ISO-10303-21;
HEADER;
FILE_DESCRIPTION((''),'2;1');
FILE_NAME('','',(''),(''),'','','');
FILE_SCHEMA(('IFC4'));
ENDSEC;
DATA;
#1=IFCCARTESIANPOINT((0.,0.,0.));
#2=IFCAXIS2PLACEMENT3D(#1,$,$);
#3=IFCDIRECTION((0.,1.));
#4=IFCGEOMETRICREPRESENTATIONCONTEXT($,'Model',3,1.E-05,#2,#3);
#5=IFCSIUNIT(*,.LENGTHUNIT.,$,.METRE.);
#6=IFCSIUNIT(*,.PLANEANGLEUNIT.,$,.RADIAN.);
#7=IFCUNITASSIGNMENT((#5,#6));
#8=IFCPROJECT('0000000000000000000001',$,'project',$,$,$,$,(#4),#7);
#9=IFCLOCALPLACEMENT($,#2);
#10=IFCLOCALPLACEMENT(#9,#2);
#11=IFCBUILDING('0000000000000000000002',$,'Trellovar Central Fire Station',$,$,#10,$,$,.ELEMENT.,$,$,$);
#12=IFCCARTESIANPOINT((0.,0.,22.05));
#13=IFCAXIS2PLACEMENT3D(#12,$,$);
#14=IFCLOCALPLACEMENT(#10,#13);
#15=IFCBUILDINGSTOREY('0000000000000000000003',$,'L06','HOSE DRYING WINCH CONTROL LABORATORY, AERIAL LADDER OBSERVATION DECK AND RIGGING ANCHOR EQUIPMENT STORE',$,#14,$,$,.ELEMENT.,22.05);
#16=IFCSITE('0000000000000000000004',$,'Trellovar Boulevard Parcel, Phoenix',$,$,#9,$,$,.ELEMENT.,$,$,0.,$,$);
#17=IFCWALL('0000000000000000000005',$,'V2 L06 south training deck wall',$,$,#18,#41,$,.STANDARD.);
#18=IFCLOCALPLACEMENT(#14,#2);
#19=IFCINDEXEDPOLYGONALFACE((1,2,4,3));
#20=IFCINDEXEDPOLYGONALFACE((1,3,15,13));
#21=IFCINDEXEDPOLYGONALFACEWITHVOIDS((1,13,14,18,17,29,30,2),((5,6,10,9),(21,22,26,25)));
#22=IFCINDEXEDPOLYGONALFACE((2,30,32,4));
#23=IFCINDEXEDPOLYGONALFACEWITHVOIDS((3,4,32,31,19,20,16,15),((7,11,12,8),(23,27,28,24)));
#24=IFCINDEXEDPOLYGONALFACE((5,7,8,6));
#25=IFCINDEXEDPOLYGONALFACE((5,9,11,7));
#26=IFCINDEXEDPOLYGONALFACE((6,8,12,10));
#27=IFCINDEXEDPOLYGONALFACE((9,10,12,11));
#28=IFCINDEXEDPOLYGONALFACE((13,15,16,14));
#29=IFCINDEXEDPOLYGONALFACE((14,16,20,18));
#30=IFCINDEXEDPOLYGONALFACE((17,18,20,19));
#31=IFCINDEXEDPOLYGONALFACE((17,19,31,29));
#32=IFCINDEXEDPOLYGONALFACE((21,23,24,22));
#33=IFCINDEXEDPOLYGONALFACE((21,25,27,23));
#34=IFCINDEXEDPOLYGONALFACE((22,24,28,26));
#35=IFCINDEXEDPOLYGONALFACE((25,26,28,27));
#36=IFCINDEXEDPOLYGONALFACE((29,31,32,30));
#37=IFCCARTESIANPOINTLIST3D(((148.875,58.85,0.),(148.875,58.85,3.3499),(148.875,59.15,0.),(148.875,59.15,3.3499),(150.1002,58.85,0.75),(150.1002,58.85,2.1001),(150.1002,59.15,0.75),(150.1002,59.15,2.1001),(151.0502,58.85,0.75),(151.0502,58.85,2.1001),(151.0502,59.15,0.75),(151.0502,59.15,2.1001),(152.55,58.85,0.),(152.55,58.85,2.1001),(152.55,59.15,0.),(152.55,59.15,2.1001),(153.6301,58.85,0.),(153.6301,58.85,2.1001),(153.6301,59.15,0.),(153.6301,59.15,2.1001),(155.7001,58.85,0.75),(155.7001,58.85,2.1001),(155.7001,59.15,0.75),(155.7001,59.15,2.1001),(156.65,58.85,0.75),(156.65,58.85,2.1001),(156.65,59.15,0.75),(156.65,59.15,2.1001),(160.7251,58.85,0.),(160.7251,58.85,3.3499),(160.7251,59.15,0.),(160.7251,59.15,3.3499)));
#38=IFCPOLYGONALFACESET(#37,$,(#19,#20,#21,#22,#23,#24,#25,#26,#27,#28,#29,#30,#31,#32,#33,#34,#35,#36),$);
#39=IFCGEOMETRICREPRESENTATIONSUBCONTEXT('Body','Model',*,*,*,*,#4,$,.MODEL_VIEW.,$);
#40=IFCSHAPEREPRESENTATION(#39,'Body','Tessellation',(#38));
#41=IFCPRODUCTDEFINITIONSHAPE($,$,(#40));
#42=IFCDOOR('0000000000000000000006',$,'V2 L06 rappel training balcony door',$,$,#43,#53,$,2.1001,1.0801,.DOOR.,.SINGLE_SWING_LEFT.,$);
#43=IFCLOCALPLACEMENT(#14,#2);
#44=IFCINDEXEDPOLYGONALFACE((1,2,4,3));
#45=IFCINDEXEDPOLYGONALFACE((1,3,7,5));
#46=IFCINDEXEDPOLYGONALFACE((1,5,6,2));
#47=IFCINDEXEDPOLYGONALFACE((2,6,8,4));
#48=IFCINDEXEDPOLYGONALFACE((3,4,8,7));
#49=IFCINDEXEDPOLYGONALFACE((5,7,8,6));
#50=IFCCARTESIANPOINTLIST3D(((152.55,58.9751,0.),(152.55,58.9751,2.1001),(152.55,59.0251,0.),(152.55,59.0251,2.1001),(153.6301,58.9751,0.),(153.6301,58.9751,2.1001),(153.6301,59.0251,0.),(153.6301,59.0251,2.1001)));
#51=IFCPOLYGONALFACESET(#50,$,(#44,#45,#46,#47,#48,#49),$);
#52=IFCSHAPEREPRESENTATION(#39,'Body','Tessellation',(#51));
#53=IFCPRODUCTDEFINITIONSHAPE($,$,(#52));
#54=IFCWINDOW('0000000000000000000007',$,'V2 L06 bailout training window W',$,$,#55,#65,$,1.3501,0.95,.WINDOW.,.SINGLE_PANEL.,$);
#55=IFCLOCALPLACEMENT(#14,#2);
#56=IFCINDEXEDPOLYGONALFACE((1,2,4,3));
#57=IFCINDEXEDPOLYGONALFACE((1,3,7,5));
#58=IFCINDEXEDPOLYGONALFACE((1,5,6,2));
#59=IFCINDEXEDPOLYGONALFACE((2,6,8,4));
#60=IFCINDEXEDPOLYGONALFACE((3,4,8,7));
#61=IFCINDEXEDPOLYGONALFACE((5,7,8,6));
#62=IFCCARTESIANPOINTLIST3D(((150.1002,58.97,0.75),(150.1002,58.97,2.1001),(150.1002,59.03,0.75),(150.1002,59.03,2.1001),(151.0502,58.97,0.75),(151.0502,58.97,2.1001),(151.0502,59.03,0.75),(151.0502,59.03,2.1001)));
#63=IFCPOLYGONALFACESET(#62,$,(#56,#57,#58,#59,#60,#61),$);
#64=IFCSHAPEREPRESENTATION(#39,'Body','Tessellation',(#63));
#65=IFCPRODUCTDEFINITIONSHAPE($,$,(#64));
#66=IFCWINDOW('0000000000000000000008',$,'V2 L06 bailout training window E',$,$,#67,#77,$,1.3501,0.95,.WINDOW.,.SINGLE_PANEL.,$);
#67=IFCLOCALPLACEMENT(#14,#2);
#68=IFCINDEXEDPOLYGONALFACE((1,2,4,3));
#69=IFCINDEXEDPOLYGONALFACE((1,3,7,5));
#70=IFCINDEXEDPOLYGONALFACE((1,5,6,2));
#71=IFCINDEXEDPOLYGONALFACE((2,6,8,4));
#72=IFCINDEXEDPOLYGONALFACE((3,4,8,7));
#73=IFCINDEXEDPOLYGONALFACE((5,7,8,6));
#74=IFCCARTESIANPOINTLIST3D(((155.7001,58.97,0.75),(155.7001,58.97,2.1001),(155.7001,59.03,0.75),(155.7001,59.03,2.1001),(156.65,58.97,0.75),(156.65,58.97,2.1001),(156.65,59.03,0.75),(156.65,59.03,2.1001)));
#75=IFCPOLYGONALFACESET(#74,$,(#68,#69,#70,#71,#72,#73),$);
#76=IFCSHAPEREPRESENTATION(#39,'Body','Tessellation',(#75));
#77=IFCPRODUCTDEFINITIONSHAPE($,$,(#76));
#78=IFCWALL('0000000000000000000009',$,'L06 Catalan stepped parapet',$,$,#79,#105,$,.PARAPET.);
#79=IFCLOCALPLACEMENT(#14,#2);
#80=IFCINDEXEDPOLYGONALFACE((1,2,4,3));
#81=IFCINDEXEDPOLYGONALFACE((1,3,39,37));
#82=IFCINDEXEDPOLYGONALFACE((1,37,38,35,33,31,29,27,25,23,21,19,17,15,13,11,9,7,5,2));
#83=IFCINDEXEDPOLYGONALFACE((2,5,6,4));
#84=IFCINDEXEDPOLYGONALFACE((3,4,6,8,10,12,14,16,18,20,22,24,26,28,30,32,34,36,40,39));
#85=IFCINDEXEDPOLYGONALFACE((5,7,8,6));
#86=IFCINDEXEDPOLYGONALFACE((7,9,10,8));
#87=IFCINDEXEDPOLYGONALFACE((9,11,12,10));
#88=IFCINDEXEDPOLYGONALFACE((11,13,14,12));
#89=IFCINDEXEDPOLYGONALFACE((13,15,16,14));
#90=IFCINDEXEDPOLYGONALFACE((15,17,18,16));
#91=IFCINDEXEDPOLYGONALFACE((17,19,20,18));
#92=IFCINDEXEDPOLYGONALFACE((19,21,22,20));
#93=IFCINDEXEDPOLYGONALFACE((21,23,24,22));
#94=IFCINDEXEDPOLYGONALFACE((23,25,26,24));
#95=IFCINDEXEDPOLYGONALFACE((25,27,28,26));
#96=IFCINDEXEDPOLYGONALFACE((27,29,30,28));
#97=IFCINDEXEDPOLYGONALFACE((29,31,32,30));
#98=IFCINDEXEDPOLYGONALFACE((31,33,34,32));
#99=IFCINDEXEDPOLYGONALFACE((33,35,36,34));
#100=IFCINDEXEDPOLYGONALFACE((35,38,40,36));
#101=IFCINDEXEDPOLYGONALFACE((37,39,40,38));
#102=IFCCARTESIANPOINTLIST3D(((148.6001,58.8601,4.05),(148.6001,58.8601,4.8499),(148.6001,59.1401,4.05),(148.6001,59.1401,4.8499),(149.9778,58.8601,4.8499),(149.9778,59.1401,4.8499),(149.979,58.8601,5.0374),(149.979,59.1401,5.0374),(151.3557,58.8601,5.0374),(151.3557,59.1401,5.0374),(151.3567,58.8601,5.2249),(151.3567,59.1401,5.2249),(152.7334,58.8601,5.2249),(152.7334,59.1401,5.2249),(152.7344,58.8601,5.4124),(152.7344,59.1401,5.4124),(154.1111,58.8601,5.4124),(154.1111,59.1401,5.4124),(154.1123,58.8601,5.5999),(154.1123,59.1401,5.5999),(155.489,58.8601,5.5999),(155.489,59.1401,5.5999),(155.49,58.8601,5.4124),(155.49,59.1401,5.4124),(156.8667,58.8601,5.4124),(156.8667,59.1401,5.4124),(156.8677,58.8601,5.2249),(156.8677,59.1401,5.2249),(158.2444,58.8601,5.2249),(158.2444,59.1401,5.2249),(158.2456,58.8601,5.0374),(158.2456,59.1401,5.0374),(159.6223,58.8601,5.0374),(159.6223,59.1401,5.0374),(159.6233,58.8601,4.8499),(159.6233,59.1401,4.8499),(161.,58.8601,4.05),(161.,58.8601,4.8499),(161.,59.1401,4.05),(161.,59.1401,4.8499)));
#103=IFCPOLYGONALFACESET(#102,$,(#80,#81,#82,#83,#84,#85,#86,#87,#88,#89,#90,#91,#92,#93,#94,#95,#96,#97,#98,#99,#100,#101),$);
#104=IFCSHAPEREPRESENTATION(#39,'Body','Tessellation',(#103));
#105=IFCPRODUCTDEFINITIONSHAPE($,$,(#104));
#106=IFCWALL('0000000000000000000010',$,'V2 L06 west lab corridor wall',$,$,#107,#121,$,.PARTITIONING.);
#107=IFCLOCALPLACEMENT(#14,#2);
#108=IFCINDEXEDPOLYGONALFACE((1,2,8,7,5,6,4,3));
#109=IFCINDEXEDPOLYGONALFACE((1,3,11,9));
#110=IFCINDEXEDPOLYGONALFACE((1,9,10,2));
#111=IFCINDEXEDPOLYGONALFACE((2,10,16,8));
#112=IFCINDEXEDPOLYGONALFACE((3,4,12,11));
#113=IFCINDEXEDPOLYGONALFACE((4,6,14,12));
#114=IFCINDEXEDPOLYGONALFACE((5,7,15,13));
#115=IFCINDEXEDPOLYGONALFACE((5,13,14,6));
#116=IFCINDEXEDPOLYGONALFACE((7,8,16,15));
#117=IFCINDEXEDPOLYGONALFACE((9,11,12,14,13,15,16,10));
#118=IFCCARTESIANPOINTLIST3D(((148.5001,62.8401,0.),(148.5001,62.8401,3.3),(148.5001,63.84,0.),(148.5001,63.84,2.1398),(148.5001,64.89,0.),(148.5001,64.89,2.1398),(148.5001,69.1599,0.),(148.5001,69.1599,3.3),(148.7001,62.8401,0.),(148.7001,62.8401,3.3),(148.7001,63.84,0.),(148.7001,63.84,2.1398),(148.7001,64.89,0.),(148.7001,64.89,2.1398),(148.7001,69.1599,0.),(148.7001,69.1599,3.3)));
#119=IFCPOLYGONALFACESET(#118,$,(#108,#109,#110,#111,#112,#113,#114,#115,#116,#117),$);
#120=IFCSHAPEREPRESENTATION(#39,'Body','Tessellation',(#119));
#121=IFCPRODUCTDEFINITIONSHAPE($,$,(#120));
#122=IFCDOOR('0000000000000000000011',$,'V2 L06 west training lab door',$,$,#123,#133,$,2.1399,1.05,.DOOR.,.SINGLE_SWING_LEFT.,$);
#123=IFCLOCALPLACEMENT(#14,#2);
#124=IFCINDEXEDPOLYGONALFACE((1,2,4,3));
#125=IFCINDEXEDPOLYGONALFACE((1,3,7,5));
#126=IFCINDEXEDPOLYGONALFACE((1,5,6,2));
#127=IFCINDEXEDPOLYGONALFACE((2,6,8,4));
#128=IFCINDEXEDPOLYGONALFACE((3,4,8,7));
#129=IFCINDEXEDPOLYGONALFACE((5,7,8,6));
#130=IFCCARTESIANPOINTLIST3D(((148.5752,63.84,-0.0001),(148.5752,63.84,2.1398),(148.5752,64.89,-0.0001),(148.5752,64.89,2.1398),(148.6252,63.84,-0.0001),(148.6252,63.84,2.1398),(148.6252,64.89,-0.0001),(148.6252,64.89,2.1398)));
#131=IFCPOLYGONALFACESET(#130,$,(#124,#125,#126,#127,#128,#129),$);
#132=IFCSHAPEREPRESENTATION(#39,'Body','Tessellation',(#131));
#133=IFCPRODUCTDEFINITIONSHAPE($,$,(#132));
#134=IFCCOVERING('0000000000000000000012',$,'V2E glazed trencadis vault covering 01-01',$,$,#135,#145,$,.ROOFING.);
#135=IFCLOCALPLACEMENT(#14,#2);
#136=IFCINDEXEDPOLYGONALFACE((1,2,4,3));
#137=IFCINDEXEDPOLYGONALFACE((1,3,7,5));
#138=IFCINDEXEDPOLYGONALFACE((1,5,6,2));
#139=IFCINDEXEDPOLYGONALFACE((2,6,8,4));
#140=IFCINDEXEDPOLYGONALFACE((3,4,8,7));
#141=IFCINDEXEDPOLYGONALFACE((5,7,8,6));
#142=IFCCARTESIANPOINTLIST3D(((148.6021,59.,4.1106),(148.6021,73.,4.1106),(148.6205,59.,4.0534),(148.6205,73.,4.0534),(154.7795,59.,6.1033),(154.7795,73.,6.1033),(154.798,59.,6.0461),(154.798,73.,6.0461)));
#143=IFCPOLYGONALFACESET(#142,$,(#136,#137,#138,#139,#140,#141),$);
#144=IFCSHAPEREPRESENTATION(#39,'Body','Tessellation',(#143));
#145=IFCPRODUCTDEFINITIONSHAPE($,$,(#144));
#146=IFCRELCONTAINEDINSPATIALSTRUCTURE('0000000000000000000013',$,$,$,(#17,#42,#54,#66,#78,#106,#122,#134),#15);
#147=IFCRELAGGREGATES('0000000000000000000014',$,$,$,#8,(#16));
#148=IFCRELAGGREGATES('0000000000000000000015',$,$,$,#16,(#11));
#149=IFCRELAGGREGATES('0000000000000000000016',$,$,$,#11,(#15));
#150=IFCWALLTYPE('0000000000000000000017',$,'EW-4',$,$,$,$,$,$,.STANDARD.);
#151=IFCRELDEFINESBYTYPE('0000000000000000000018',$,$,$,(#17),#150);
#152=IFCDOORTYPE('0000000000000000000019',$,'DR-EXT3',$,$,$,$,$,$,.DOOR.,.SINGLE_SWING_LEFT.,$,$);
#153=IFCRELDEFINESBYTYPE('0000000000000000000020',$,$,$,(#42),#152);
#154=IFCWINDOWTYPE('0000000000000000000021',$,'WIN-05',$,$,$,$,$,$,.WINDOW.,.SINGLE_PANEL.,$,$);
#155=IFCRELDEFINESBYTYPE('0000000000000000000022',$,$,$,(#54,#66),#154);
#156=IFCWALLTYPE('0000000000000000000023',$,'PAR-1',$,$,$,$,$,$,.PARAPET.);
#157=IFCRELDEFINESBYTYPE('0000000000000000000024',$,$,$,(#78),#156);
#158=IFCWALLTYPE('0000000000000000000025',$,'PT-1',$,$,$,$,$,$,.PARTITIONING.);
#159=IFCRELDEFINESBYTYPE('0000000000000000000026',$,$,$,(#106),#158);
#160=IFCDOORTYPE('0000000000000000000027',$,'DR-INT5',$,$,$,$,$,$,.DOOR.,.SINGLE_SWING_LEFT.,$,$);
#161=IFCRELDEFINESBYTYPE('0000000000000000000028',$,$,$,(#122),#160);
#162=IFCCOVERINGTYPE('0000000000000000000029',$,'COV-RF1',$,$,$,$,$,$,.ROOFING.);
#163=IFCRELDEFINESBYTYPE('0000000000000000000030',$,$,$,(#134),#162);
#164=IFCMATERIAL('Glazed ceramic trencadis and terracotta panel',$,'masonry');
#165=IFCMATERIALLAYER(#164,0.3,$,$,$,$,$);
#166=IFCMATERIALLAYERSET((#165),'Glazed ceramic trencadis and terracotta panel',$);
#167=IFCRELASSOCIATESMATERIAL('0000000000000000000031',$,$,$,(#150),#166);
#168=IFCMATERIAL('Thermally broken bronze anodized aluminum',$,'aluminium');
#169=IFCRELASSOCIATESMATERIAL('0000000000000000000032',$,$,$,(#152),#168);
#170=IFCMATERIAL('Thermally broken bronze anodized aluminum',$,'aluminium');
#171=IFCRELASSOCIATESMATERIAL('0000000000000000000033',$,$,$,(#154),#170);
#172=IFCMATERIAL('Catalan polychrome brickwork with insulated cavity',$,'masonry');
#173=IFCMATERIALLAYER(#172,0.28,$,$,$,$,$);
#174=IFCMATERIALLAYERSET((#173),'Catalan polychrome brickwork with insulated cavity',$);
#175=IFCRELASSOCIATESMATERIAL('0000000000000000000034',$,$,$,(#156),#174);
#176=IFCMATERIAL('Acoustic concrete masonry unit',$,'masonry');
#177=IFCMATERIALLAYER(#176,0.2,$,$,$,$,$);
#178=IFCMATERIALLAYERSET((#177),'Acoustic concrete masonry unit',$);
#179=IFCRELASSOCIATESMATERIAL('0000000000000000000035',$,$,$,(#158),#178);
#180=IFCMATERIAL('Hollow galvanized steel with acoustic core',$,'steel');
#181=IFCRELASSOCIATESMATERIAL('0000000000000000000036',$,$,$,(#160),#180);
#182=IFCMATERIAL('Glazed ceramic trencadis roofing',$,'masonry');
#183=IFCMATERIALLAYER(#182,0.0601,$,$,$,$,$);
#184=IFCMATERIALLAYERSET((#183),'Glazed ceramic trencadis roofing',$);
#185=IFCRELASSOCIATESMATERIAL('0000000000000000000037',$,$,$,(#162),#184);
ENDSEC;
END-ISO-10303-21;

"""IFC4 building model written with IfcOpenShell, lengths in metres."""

from ifc_helpers import new_model, si_unit, direction, frame, frame_2d, origin, place, context, subcontext, project, spatial, polyline, rectangle, outline, extrude, material, layer, layer_set, type_object, element, fill, save


model = new_model("IFC4")

# Units and contexts
model_context = context("Model", 3, precision=1e-05, world=origin(), true_north=direction((0.0, 1.0)))
body_context = subcontext(model_context, "Body", "Model", "MODEL_VIEW")
ifc_project = project(units=[si_unit("LENGTHUNIT", "METRE"), si_unit("PLANEANGLEUNIT", "RADIAN")], contexts=[model_context])

# Site, building, storey
site_placement = place(None, origin())
site = spatial("IfcSite", under=ifc_project, at=site_placement, Name="Trellovar Boulevard Parcel, Phoenix", CompositionType="ELEMENT", RefElevation=0.0)
building_placement = place(site_placement, origin())
building = spatial("IfcBuilding", under=site, at=building_placement, Name="Trellovar Central Fire Station", CompositionType="ELEMENT")
storey_placement = place(building_placement, frame((0.0, 0.0, 22.05)))
storey = spatial("IfcBuildingStorey", under=building, at=storey_placement, Name="L06", Description="HOSE DRYING WINCH CONTROL LABORATORY, AERIAL LADDER OBSERVATION DECK AND RIGGING ANCHOR EQUIPMENT STORE", CompositionType="ELEMENT", Elevation=22.05)

# Wall, openings, door, windows
ifc_material_1 = material(Name="Glazed ceramic trencadis and terracotta panel", Category="masonry")
ifc_layer_1 = layer(ifc_material_1, 0.3)
ifc_layer_set_1 = layer_set([ifc_layer_1], Name="Glazed ceramic trencadis and terracotta panel")
wall_type_1 = type_object("IfcWallType", Name="EW-4", PredefinedType="STANDARD", material=ifc_layer_set_1)
wall_1_placement = place(storey_placement, frame((148.875, 59.0, 0.0), z_axis=(0.0, 0.0, 1.0), x_axis=(1.0, 0.0, 0.0)))
wall_1 = element("IfcWall", 1, at=wall_1_placement, inside=storey, type_object=wall_type_1, Name="V2 L06 south training deck wall", PredefinedType="STANDARD", context=body_context, shape_type="SweptSolid", body=[
    extrude(rectangle(XDim=11.8501, YDim=0.3, at=frame_2d((5.925, 0.0))), origin(), (0.0, 0.0, 1.0), 3.3499),
])
opening_1_placement = place(wall_1_placement, frame((3.675, 0.0, 0.0)))
opening_1 = element("IfcOpeningElement", 2, at=opening_1_placement, cuts=wall_1, PredefinedType="OPENING", context=body_context, shape_type="SweptSolid", body=[
    extrude(rectangle(XDim=1.0801, YDim=2.1001, at=frame_2d((0.54, 1.05))), frame((0.0, 0.1599, 0.0), z_axis=(0.0, -1.0, 0.0), x_axis=(1.0, 0.0, 0.0)), (0.0, 0.0, 1.0), 0.3201),
])
opening_2_placement = place(wall_1_placement, frame((1.2251, 0.0, 0.75)))
opening_2 = element("IfcOpeningElement", 3, at=opening_2_placement, cuts=wall_1, PredefinedType="OPENING", context=body_context, shape_type="SweptSolid", body=[
    extrude(rectangle(XDim=0.95, YDim=1.3501, at=frame_2d((0.4751, 0.675))), frame((0.0, 0.1599, 0.0), z_axis=(0.0, -1.0, 0.0), x_axis=(1.0, 0.0, 0.0)), (0.0, 0.0, 1.0), 0.3201),
])
opening_3_placement = place(wall_1_placement, frame((6.825, 0.0, 0.75)))
opening_3 = element("IfcOpeningElement", 4, at=opening_3_placement, cuts=wall_1, PredefinedType="OPENING", context=body_context, shape_type="SweptSolid", body=[
    extrude(rectangle(XDim=0.95, YDim=1.3501, at=frame_2d((0.4751, 0.675))), frame((0.0, 0.1599, 0.0), z_axis=(0.0, -1.0, 0.0), x_axis=(1.0, 0.0, 0.0)), (0.0, 0.0, 1.0), 0.3201),
])
ifc_material_2 = material(Name="Thermally broken bronze anodized aluminum", Category="aluminium")
door_type_1 = type_object("IfcDoorType", Name="DR-EXT3", OperationType="SINGLE_SWING_LEFT", PredefinedType="DOOR", material=ifc_material_2)
door_1_placement = place(opening_1_placement, frame((1.0801, 0.0, 0.0), z_axis=(0.0, 0.0, 1.0), x_axis=(-1.0, 0.0, 0.0)))
door_1 = element("IfcDoor", 5, at=door_1_placement, inside=storey, type_object=door_type_1, Name="V2 L06 rappel training balcony door", OperationType="SINGLE_SWING_LEFT", OverallHeight=2.1001, OverallWidth=1.0801, PredefinedType="DOOR", context=body_context, shape_type="SweptSolid", body=[
    extrude(rectangle(XDim=1.0801, YDim=2.1001, at=frame_2d((0.54, 1.05))), frame((0.0, 0.0249, 0.0), z_axis=(0.0, -1.0, 0.0), x_axis=(1.0, 0.0, 0.0)), (0.0, 0.0, 1.0), 0.05),
])
fill(opening_1, door_1)
ifc_material_3 = material(Name="Thermally broken bronze anodized aluminum", Category="aluminium")
window_type = type_object("IfcWindowType", Name="WIN-05", PartitioningType="SINGLE_PANEL", PredefinedType="WINDOW", material=ifc_material_3)
window_1_placement = place(opening_2_placement, origin())
window_1 = element("IfcWindow", 6, at=window_1_placement, inside=storey, type_object=window_type, Name="V2 L06 bailout training window W", OverallHeight=1.3501, OverallWidth=0.95, PartitioningType="SINGLE_PANEL", PredefinedType="WINDOW", context=body_context, shape_type="SweptSolid", body=[
    extrude(rectangle(XDim=0.95, YDim=1.3501, at=frame_2d((0.4751, 0.675))), frame((0.0, 0.03, 0.0), z_axis=(0.0, -1.0, 0.0), x_axis=(1.0, 0.0, 0.0)), (0.0, 0.0, 1.0), 0.0601),
])
fill(opening_2, window_1)
window_2_placement = place(opening_3_placement, origin())
window_2 = element("IfcWindow", 7, at=window_2_placement, inside=storey, type_object=window_type, Name="V2 L06 bailout training window E", OverallHeight=1.3501, OverallWidth=0.95, PartitioningType="SINGLE_PANEL", PredefinedType="WINDOW", context=body_context, shape_type="SweptSolid", body=[
    extrude(rectangle(XDim=0.95, YDim=1.3501, at=frame_2d((0.4751, 0.675))), frame((0.0, 0.03, 0.0), z_axis=(0.0, -1.0, 0.0), x_axis=(1.0, 0.0, 0.0)), (0.0, 0.0, 1.0), 0.0601),
])
fill(opening_3, window_2)

# Wall
ifc_material_4 = material(Name="Catalan polychrome brickwork with insulated cavity", Category="masonry")
ifc_layer_2 = layer(ifc_material_4, 0.28)
ifc_layer_set_2 = layer_set([ifc_layer_2], Name="Catalan polychrome brickwork with insulated cavity")
wall_type_2 = type_object("IfcWallType", Name="PAR-1", PredefinedType="PARAPET", material=ifc_layer_set_2)
wall_2_placement = place(storey_placement, frame((148.6001, 59.0, 4.05), z_axis=(0.0, 0.0, 1.0), x_axis=(1.0, 0.0, 0.0)))
element("IfcWall", 8, at=wall_2_placement, inside=storey, type_object=wall_type_2, Name="L06 Catalan stepped parapet", PredefinedType="PARAPET", context=body_context, shape_type="SweptSolid", body=[
    extrude(outline(polyline([(0.0, 0.0), (12.3999, 0.0), (12.3999, 0.7998), (11.0232, 0.7998), (11.0222, 0.9873), (9.6455, 0.9873), (9.6443, 1.1748), (8.2676, 1.1748), (8.2666, 1.3623), (6.8899, 1.3623), (6.8889, 1.5498), (5.5122, 1.5498), (5.511, 1.3623), (4.1343, 1.3623), (4.1333, 1.1748), (2.7566, 1.1748), (2.7556, 0.9873), (1.3789, 0.9873), (1.3777, 0.7998), (0.0, 0.7998), (0.0, 0.0)])), frame((0.0, 0.1401, 0.0), z_axis=(0.0, -1.0, 0.0), x_axis=(1.0, 0.0, 0.0)), (0.0, 0.0, 1.0), 0.28),
])

# Wall, opening, door
ifc_material_5 = material(Name="Acoustic concrete masonry unit", Category="masonry")
ifc_layer_3 = layer(ifc_material_5, 0.2)
ifc_layer_set_3 = layer_set([ifc_layer_3], Name="Acoustic concrete masonry unit")
wall_type_3 = type_object("IfcWallType", Name="PT-1", PredefinedType="PARTITIONING", material=ifc_layer_set_3)
wall_3_placement = place(storey_placement, frame((148.6001, 62.8401, 0.0), z_axis=(0.0, 0.0, 1.0), x_axis=(0.0, 1.0, 0.0)))
wall_3 = element("IfcWall", 9, at=wall_3_placement, inside=storey, type_object=wall_type_3, Name="V2 L06 west lab corridor wall", PredefinedType="PARTITIONING", context=body_context, shape_type="SweptSolid", body=[
    extrude(rectangle(XDim=6.3198, YDim=0.2, at=frame_2d((3.1599, 0.0))), origin(), (0.0, 0.0, 1.0), 3.3),
])
opening_4_placement = place(wall_3_placement, frame((1.0, 0.0, 0.0)))
opening_4 = element("IfcOpeningElement", 10, at=opening_4_placement, cuts=wall_3, PredefinedType="OPENING", context=body_context, shape_type="SweptSolid", body=[
    extrude(rectangle(XDim=1.05, YDim=2.1399, at=frame_2d((0.5249, 1.0698))), frame((0.0, 0.1099, 0.0), z_axis=(0.0, -1.0, 0.0), x_axis=(1.0, 0.0, 0.0)), (0.0, 0.0, 1.0), 0.22),
])
ifc_material_6 = material(Name="Hollow galvanized steel with acoustic core", Category="steel")
door_type_2 = type_object("IfcDoorType", Name="DR-INT5", OperationType="SINGLE_SWING_LEFT", PredefinedType="DOOR", material=ifc_material_6)
door_2_placement = place(opening_4_placement, origin())
door_2 = element("IfcDoor", 11, at=door_2_placement, inside=storey, type_object=door_type_2, Name="V2 L06 west training lab door", OperationType="SINGLE_SWING_LEFT", OverallHeight=2.1399, OverallWidth=1.05, PredefinedType="DOOR", context=body_context, shape_type="SweptSolid", body=[
    extrude(rectangle(XDim=1.05, YDim=2.1399, at=frame_2d((0.5249, 1.0698))), frame((0.0, 0.0249, 0.0), z_axis=(0.0, -1.0, 0.0), x_axis=(1.0, 0.0, 0.0)), (0.0, 0.0, 1.0), 0.05),
])
fill(opening_4, door_2)

# Covering
ifc_material_7 = material(Name="Glazed ceramic trencadis roofing", Category="masonry")
ifc_layer_4 = layer(ifc_material_7, 0.0601)
ifc_layer_set_4 = layer_set([ifc_layer_4], Name="Glazed ceramic trencadis roofing")
covering_type = type_object("IfcCoveringType", Name="COV-RF1", PredefinedType="ROOFING", material=ifc_layer_set_4)
covering_placement = place(storey_placement, frame((148.6021, 59.0, 4.1106), z_axis=(-0.306994, 0.0, 0.951711), x_axis=(0.951711, 0.0, 0.306994)))
element("IfcCovering", 12, at=covering_placement, inside=storey, type_object=covering_type, Name="V2E glazed trencadis vault covering 01-01", PredefinedType="ROOFING", context=body_context, shape_type="SweptSolid", body=[
    extrude(outline(polyline([(0.0, 0.0), (6.4909, 0.0), (6.4909, 14.0), (0.0, 14.0), (0.0, 0.0)])), origin(), (0.0, 0.0, -1.0), 0.0601),
])

save(model, "model.ifc")
